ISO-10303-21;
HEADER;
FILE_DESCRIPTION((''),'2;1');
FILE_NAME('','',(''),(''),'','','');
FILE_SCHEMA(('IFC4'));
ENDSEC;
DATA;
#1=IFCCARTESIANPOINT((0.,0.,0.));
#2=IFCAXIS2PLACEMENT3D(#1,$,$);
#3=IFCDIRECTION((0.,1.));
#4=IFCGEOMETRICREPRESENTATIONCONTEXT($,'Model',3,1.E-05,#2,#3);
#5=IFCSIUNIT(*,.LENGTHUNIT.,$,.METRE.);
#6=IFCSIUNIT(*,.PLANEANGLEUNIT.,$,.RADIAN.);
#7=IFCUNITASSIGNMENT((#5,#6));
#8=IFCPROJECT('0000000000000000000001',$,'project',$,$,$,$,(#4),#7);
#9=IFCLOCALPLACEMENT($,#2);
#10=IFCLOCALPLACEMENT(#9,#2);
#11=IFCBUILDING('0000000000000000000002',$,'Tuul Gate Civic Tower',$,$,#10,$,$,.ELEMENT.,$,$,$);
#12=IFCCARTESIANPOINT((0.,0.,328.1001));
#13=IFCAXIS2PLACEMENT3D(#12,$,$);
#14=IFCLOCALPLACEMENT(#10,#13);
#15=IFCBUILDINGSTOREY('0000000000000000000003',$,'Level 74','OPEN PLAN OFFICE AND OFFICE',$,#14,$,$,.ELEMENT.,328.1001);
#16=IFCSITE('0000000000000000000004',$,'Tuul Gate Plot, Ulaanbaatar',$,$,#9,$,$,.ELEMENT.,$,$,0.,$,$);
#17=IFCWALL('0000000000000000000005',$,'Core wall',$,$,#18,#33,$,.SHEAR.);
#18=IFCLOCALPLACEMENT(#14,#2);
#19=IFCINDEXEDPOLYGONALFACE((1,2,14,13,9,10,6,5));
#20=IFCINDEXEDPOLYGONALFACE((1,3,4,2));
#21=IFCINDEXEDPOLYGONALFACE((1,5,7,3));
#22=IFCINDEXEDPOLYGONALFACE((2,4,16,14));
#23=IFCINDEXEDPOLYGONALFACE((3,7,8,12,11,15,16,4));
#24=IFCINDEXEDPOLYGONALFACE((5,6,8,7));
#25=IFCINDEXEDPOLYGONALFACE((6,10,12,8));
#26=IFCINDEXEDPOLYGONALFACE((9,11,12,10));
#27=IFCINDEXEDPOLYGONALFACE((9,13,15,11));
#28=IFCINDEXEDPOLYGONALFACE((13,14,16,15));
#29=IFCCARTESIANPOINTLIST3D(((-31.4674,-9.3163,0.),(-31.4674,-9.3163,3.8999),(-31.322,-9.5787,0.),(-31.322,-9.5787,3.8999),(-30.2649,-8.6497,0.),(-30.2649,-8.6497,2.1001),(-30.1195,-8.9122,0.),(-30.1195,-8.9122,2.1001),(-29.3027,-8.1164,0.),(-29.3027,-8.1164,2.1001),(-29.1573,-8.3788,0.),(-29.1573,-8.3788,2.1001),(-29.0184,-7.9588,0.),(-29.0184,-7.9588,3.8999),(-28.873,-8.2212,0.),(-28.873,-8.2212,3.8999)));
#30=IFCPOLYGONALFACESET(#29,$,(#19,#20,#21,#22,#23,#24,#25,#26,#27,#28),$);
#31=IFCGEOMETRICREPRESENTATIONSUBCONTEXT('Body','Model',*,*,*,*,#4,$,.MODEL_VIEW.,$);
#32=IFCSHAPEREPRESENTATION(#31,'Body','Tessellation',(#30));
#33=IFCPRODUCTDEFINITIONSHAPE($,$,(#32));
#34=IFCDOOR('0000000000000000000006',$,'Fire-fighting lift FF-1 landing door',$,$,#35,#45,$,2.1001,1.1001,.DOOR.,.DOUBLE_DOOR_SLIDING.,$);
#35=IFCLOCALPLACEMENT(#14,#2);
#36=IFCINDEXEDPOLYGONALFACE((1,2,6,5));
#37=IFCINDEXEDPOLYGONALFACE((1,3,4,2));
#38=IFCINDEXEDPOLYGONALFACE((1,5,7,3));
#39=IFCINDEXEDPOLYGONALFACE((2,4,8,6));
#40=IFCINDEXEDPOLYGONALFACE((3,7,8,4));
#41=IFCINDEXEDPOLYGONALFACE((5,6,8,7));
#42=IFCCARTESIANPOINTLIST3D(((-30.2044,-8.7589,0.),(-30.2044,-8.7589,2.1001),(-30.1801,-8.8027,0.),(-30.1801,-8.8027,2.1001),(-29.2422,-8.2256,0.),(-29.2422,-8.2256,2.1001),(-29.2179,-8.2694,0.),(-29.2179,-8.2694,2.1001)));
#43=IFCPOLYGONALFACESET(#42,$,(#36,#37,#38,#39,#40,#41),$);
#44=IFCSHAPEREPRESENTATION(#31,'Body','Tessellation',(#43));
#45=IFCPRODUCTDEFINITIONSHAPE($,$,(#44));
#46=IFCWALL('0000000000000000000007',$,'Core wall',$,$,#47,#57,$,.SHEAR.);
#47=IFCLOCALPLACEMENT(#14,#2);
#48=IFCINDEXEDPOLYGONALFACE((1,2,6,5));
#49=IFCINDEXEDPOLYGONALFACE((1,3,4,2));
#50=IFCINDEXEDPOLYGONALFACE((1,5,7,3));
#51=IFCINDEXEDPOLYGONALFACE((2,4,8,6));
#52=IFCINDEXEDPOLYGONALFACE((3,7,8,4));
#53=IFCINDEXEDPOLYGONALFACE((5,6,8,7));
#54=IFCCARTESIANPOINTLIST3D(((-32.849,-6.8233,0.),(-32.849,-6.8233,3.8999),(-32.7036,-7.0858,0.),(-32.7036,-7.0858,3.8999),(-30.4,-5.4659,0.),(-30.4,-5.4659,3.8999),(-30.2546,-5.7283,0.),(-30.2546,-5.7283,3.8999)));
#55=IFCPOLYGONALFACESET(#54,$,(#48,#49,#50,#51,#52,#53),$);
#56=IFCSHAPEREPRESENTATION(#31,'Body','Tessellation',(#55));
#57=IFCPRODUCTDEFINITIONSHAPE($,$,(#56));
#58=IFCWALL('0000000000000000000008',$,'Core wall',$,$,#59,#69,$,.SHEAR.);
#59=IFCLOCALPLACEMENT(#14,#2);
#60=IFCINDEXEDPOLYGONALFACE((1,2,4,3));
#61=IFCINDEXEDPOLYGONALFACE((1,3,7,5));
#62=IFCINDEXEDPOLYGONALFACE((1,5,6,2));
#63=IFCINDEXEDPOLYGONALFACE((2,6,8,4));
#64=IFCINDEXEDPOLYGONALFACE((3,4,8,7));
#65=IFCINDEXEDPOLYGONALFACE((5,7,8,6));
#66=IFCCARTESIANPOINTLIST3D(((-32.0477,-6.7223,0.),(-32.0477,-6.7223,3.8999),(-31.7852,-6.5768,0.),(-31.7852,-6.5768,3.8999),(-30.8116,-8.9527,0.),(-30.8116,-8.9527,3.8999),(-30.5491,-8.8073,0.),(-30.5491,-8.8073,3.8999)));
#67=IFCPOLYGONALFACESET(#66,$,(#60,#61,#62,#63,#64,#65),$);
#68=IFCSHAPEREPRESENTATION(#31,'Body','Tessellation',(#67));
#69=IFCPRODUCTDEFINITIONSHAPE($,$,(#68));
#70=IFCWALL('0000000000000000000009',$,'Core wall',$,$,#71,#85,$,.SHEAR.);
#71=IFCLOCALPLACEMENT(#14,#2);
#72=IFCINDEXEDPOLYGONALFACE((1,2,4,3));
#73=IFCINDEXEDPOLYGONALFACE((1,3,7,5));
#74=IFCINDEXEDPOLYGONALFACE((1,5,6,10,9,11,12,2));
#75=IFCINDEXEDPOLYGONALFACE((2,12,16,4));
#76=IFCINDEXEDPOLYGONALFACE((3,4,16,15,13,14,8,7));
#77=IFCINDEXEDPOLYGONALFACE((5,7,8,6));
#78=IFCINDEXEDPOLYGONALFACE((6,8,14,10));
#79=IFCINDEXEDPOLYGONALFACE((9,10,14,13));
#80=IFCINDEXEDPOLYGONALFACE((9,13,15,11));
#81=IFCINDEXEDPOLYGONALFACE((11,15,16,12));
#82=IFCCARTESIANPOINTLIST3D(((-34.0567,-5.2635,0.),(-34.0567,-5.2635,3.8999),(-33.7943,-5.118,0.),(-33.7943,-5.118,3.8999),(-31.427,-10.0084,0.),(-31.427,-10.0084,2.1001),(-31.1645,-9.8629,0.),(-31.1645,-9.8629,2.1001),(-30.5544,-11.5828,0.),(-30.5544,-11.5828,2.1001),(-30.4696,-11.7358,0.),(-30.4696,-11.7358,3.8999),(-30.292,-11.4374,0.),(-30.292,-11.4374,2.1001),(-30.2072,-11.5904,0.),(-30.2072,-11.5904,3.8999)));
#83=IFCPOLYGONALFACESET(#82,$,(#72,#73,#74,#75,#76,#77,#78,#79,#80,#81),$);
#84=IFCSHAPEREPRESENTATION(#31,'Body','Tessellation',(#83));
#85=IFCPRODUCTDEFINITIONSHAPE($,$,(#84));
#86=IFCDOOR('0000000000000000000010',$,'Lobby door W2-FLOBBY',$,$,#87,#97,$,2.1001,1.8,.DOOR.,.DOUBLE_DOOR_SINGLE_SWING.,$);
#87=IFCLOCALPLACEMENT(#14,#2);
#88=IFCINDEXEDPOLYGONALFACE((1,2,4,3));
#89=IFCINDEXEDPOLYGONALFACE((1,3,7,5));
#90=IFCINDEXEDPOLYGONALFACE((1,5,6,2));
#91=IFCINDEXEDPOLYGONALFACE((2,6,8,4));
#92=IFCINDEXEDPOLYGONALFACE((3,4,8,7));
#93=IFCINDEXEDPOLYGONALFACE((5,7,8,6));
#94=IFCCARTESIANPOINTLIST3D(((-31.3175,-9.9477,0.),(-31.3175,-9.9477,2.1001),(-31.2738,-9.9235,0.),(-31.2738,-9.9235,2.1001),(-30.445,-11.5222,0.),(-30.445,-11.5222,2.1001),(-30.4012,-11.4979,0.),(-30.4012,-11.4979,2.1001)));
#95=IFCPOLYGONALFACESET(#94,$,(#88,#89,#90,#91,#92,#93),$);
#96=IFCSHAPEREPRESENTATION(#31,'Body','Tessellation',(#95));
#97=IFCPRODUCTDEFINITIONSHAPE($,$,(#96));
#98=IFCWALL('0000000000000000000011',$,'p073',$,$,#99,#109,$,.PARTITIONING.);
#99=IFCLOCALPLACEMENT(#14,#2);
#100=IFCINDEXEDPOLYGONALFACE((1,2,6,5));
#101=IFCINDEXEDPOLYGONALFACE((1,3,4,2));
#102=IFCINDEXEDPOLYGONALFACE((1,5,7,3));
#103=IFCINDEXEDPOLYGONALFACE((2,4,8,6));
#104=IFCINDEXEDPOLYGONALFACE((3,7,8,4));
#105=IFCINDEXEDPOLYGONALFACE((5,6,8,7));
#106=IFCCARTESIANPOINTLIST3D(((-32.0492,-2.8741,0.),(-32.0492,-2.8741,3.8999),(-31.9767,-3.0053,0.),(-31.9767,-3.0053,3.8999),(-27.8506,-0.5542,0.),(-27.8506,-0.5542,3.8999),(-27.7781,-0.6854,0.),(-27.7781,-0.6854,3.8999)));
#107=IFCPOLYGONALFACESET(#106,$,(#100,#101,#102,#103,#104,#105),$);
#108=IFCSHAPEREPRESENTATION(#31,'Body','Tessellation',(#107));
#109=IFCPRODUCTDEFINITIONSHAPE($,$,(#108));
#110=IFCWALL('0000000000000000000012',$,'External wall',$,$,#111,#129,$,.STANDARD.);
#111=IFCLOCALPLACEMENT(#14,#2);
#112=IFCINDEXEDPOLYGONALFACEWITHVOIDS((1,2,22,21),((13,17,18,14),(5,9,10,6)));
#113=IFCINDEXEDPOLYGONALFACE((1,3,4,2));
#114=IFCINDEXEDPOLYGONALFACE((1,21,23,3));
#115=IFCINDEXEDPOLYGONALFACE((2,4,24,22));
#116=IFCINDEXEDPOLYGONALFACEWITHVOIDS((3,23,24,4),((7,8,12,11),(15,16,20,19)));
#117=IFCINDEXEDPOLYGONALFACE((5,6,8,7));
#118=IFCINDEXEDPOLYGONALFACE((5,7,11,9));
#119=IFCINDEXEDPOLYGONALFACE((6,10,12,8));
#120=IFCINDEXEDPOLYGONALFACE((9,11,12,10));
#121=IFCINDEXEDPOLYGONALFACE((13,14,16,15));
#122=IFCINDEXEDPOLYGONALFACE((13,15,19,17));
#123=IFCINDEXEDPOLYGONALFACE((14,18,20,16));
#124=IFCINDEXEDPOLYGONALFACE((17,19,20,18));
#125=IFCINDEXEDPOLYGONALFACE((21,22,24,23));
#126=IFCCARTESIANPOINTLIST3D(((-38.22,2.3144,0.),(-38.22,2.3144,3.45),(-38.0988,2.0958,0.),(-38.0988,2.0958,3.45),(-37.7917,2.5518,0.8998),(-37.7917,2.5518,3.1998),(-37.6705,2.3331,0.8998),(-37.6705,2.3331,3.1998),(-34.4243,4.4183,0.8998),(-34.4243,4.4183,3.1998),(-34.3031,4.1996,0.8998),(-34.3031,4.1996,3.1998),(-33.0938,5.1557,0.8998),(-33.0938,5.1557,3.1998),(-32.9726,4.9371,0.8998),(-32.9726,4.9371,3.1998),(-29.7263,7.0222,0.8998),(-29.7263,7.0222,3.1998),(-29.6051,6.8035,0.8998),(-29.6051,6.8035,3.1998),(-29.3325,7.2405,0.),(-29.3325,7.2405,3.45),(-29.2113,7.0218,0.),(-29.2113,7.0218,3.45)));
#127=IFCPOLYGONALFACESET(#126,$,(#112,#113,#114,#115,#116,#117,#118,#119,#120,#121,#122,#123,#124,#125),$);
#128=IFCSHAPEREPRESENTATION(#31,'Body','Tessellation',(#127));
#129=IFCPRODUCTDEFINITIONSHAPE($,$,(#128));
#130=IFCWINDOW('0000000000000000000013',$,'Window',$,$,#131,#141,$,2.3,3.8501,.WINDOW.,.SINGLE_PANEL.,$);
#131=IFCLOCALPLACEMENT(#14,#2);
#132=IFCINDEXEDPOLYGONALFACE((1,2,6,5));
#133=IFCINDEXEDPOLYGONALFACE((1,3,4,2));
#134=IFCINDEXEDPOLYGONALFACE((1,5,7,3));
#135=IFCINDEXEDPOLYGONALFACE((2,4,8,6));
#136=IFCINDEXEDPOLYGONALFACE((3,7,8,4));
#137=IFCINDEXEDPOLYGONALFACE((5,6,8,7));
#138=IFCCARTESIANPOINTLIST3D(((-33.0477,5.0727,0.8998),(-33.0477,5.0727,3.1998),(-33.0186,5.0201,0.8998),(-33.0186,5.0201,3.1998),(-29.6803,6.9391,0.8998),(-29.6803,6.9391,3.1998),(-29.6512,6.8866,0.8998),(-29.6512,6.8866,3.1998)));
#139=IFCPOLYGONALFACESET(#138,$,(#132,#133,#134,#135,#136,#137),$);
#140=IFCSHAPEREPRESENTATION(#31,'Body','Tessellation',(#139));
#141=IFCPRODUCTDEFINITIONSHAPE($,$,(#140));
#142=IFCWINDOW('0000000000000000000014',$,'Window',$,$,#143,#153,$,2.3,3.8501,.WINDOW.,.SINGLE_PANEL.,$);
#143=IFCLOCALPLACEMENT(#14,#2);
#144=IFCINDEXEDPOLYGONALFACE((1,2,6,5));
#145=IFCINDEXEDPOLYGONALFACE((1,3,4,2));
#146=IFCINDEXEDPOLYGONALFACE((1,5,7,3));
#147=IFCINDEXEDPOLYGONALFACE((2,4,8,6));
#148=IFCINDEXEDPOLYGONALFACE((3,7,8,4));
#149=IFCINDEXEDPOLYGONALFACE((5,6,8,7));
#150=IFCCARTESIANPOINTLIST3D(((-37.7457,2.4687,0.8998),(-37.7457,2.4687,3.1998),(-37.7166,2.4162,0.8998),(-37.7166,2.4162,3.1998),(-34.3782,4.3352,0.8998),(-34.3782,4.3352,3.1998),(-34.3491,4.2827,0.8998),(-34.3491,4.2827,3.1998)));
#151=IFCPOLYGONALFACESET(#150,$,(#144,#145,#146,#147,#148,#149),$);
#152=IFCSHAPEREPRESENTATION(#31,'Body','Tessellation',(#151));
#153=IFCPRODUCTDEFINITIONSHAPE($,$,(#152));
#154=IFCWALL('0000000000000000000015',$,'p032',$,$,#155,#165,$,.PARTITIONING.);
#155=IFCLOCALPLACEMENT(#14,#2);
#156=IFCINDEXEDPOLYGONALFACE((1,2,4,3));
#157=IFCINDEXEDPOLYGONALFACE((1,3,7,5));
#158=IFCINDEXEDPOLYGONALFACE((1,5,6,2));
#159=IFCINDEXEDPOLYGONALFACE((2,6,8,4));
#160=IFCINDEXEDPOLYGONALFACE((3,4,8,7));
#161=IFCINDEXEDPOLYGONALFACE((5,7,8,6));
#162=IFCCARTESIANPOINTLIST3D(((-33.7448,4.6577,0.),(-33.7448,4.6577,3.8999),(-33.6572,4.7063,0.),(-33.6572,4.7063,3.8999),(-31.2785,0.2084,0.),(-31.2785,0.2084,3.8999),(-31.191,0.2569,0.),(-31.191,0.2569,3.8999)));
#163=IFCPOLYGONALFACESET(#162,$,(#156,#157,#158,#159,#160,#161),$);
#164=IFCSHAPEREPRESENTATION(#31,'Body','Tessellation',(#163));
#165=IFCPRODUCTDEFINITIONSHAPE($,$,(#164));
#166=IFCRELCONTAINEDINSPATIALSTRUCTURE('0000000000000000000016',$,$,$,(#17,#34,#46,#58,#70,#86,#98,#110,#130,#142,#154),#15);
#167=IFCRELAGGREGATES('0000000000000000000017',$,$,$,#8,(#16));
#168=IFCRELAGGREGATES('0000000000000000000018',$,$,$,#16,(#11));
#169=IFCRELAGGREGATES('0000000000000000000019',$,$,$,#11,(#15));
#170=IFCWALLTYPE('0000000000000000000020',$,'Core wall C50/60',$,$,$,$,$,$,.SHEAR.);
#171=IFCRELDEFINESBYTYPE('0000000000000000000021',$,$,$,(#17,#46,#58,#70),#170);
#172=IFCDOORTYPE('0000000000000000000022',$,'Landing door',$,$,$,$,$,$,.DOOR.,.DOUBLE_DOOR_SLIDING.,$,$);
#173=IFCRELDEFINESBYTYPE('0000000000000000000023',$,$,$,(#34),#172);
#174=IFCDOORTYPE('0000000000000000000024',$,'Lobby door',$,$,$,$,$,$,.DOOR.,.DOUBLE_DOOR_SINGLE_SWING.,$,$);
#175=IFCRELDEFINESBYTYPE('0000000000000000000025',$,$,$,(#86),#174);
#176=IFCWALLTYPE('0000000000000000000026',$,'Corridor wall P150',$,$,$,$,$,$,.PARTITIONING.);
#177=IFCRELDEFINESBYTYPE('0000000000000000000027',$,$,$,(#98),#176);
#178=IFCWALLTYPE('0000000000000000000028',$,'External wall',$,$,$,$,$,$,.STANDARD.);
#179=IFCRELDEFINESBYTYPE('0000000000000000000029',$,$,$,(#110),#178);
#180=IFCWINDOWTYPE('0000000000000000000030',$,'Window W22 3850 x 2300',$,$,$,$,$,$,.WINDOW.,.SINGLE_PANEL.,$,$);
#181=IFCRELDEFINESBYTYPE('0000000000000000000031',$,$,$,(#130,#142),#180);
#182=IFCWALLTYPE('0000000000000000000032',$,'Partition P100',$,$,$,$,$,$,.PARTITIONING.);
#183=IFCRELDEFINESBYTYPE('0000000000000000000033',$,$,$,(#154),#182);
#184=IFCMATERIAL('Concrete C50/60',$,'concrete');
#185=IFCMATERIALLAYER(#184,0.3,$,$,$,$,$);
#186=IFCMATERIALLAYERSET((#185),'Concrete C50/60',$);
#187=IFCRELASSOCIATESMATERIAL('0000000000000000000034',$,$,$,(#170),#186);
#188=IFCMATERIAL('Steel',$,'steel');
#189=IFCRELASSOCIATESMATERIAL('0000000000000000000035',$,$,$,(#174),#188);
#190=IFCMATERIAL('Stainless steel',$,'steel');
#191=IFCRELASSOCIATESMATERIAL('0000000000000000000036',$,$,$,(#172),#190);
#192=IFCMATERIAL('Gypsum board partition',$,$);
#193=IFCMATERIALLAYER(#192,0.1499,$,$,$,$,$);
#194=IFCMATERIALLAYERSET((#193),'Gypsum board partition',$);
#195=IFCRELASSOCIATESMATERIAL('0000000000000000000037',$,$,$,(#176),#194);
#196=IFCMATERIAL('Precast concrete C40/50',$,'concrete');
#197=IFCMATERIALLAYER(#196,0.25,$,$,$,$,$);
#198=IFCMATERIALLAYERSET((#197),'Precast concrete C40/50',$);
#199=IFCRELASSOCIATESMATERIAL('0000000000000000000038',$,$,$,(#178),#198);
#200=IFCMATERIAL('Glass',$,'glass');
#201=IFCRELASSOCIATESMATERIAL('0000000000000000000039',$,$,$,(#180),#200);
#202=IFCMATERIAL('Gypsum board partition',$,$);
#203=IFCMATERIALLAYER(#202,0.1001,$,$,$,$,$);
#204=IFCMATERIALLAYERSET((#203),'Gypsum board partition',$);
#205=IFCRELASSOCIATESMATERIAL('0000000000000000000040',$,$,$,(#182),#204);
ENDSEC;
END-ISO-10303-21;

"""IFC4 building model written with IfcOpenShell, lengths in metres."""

from ifc_helpers import new_model, si_unit, direction, frame, frame_2d, origin, place, context, subcontext, project, spatial, rectangle, extrude, material, layer, layer_set, type_object, element, fill, save


model = new_model("IFC4")

# Units and contexts
model_context = context("Model", 3, precision=1e-05, world=origin(), true_north=direction((0.0, 1.0)))
body_context = subcontext(model_context, "Body", "Model", "MODEL_VIEW")
ifc_project = project(units=[si_unit("LENGTHUNIT", "METRE"), si_unit("PLANEANGLEUNIT", "RADIAN")], contexts=[model_context])

# Site, building, storey
site_placement = place(None, origin())
site = spatial("IfcSite", under=ifc_project, at=site_placement, Name="Tuul Gate Plot, Ulaanbaatar", CompositionType="ELEMENT", RefElevation=0.0)
building_placement = place(site_placement, origin())
building = spatial("IfcBuilding", under=site, at=building_placement, Name="Tuul Gate Civic Tower", CompositionType="ELEMENT")
storey_placement = place(building_placement, frame((0.0, 0.0, 328.1001)))
storey = spatial("IfcBuildingStorey", under=building, at=storey_placement, Name="Level 74", Description="OPEN PLAN OFFICE AND OFFICE", CompositionType="ELEMENT", Elevation=328.1001)

# Shared definitions
ifc_material_1 = material(Name="Concrete C50/60", Category="concrete")
ifc_layer_1 = layer(ifc_material_1, 0.3)
ifc_layer_set_1 = layer_set([ifc_layer_1], Name="Concrete C50/60")
wall_type_1 = type_object("IfcWallType", Name="Core wall C50/60", PredefinedType="SHEAR", material=ifc_layer_set_1)
ifc_material_2 = material(Name="Steel", Category="steel")
door_type_1 = type_object("IfcDoorType", Name="Lobby door", OperationType="DOUBLE_DOOR_SINGLE_SWING", PredefinedType="DOOR", material=ifc_material_2)
ifc_material_3 = material(Name="Stainless steel", Category="steel")
door_type_2 = type_object("IfcDoorType", Name="Landing door", OperationType="DOUBLE_DOOR_SLIDING", PredefinedType="DOOR", material=ifc_material_3)

# Wall, opening, door
wall_1_placement = place(storey_placement, frame((-28.9458, -8.0901, 0.0), z_axis=(0.0, 0.0, 1.0), x_axis=(-0.87463, -0.484791, 0.0)))
wall_1 = element("IfcWall", 1, at=wall_1_placement, inside=storey, type_object=wall_type_1, Name="Core wall", PredefinedType="SHEAR", context=body_context, shape_type="SweptSolid", body=[
    extrude(rectangle(XDim=2.8, YDim=0.3, at=frame_2d((1.3999, 0.0))), origin(), (0.0, 0.0, 1.0), 3.8999),
])
opening_1_placement = place(wall_1_placement, frame((0.325, 0.0, 0.0)))
opening_1 = element("IfcOpeningElement", 2, at=opening_1_placement, cuts=wall_1, PredefinedType="OPENING", context=body_context, shape_type="SweptSolid", body=[
    extrude(rectangle(XDim=1.1001, YDim=2.1001, at=frame_2d((0.55, 1.05))), frame((0.0, 0.1602, 0.0), z_axis=(0.0, -1.0, 0.0), x_axis=(1.0, 0.0, 0.0)), (0.0, 0.0, 1.0), 0.3201),
])
door_1_placement = place(opening_1_placement, origin())
door_1 = element("IfcDoor", 3, at=door_1_placement, inside=storey, type_object=door_type_2, Name="Fire-fighting lift FF-1 landing door", OperationType="DOUBLE_DOOR_SLIDING", OverallHeight=2.1001, OverallWidth=1.1001, PredefinedType="DOOR", context=body_context, shape_type="SweptSolid", body=[
    extrude(rectangle(XDim=1.1001, YDim=2.1001, at=frame_2d((0.55, 1.05))), frame((0.0, 0.0249, 0.0), z_axis=(0.0, -1.0, 0.0), x_axis=(1.0, 0.0, 0.0)), (0.0, 0.0, 1.0), 0.05),
])
fill(opening_1, door_1)

# Walls
wall_2_placement = place(storey_placement, frame((-30.3274, -5.5972, 0.0), z_axis=(0.0, 0.0, 1.0), x_axis=(-0.87463, -0.484791, 0.0)))
element("IfcWall", 4, at=wall_2_placement, inside=storey, type_object=wall_type_1, Name="Core wall", PredefinedType="SHEAR", context=body_context, shape_type="SweptSolid", body=[
    extrude(rectangle(XDim=2.8, YDim=0.3, at=frame_2d((1.3999, 0.0))), origin(), (0.0, 0.0, 1.0), 3.8999),
])
wall_3_placement = place(storey_placement, frame((-30.6804, -8.8799, 0.0), z_axis=(0.0, 0.0, 1.0), x_axis=(-0.484724, 0.874667, 0.0)))
element("IfcWall", 5, at=wall_3_placement, inside=storey, type_object=wall_type_1, Name="Core wall", PredefinedType="SHEAR", context=body_context, shape_type="SweptSolid", body=[
    extrude(rectangle(XDim=2.55, YDim=0.3, at=frame_2d((1.2749, 0.0))), origin(), (0.0, 0.0, 1.0), 3.8999),
])

# Wall, opening, door
wall_4_placement = place(storey_placement, frame((-30.3384, -11.6631, 0.0), z_axis=(0.0, 0.0, 1.0), x_axis=(-0.484752, 0.874652, 0.0)))
wall_4 = element("IfcWall", 6, at=wall_4_placement, inside=storey, type_object=wall_type_1, Name="Core wall", PredefinedType="SHEAR", context=body_context, shape_type="SweptSolid", body=[
    extrude(rectangle(XDim=7.3999, YDim=0.3, at=frame_2d((3.7, 0.0))), origin(), (0.0, 0.0, 1.0), 3.8999),
])
opening_2_placement = place(wall_4_placement, frame((0.175, 0.0, 0.0)))
opening_2 = element("IfcOpeningElement", 7, at=opening_2_placement, cuts=wall_4, PredefinedType="OPENING", context=body_context, shape_type="SweptSolid", body=[
    extrude(rectangle(XDim=1.8, YDim=2.1001, at=frame_2d((0.8999, 1.05))), frame((0.0, 0.1602, 0.0), z_axis=(0.0, -1.0, 0.0), x_axis=(1.0, 0.0, 0.0)), (0.0, 0.0, 1.0), 0.3201),
])
door_2_placement = place(opening_2_placement, origin())
door_2 = element("IfcDoor", 8, at=door_2_placement, inside=storey, type_object=door_type_1, Name="Lobby door W2-FLOBBY", OperationType="DOUBLE_DOOR_SINGLE_SWING", OverallHeight=2.1001, OverallWidth=1.8, PredefinedType="DOOR", context=body_context, shape_type="SweptSolid", body=[
    extrude(rectangle(XDim=1.8, YDim=2.1001, at=frame_2d((0.8999, 1.05))), frame((0.0, 0.0249, 0.0), z_axis=(0.0, -1.0, 0.0), x_axis=(1.0, 0.0, 0.0)), (0.0, 0.0, 1.0), 0.05),
])
fill(opening_2, door_2)

# Wall
ifc_material_4 = material(Name="Gypsum board partition")
ifc_layer_2 = layer(ifc_material_4, 0.1499)
ifc_layer_set_2 = layer_set([ifc_layer_2], Name="Gypsum board partition")
wall_type_2 = type_object("IfcWallType", Name="Corridor wall P150", PredefinedType="PARTITIONING", material=ifc_layer_set_2)
wall_5_placement = place(storey_placement, frame((-32.0129, -2.9397, 0.0), z_axis=(0.0, 0.0, 1.0), x_axis=(0.875276, 0.483624, 0.0)))
element("IfcWall", 9, at=wall_5_placement, inside=storey, type_object=wall_type_2, Name="p073", PredefinedType="PARTITIONING", context=body_context, shape_type="SweptSolid", body=[
    extrude(rectangle(XDim=4.7969, YDim=0.1499, at=frame_2d((2.3984, 0.0))), origin(), (0.0, 0.0, 1.0), 3.8999),
])

# Wall, openings, windows
ifc_material_5 = material(Name="Precast concrete C40/50", Category="concrete")
ifc_layer_3 = layer(ifc_material_5, 0.25)
ifc_layer_set_3 = layer_set([ifc_layer_3], Name="Precast concrete C40/50")
wall_type_3 = type_object("IfcWallType", Name="External wall", PredefinedType="STANDARD", material=ifc_layer_set_3)
wall_6_placement = place(storey_placement, frame((-29.272, 7.1311, 0.0), z_axis=(0.0, 0.0, 1.0), x_axis=(-0.874635, -0.484782, 0.0)))
wall_6 = element("IfcWall", 10, at=wall_6_placement, inside=storey, type_object=wall_type_3, Name="External wall", PredefinedType="STANDARD", context=body_context, shape_type="SweptSolid", body=[
    extrude(rectangle(XDim=10.1614, YDim=0.25, at=frame_2d((5.0806, 0.0))), origin(), (0.0, 0.0, 1.0), 3.45),
])
opening_3_placement = place(wall_6_placement, frame((0.4502, 0.0, 0.8999)))
opening_3 = element("IfcOpeningElement", 11, at=opening_3_placement, cuts=wall_6, PredefinedType="OPENING", context=body_context, shape_type="SweptSolid", body=[
    extrude(rectangle(XDim=3.8501, YDim=2.3, at=frame_2d((1.925, 1.1499))), frame((0.0, 0.135, 0.0), z_axis=(0.0, -1.0, 0.0), x_axis=(1.0, 0.0, 0.0)), (0.0, 0.0, 1.0), 0.27),
])
opening_4_placement = place(wall_6_placement, frame((5.8215, 0.0, 0.8999)))
opening_4 = element("IfcOpeningElement", 12, at=opening_4_placement, cuts=wall_6, PredefinedType="OPENING", context=body_context, shape_type="SweptSolid", body=[
    extrude(rectangle(XDim=3.8501, YDim=2.3, at=frame_2d((1.925, 1.1499))), frame((0.0, 0.135, 0.0), z_axis=(0.0, -1.0, 0.0), x_axis=(1.0, 0.0, 0.0)), (0.0, 0.0, 1.0), 0.27),
])
ifc_material_6 = material(Name="Glass", Category="glass")
window_type = type_object("IfcWindowType", Name="Window W22 3850 x 2300", PartitioningType="SINGLE_PANEL", PredefinedType="WINDOW", material=ifc_material_6)
window_1_placement = place(opening_3_placement, origin())
window_1 = element("IfcWindow", 13, at=window_1_placement, inside=storey, type_object=window_type, Name="Window", OverallHeight=2.3, OverallWidth=3.8501, PartitioningType="SINGLE_PANEL", PredefinedType="WINDOW", context=body_context, shape_type="SweptSolid", body=[
    extrude(rectangle(XDim=3.8501, YDim=2.3, at=frame_2d((1.925, 1.1499))), frame((0.0, 0.03, 0.0), z_axis=(0.0, -1.0, 0.0), x_axis=(1.0, 0.0, 0.0)), (0.0, 0.0, 1.0), 0.0601),
])
fill(opening_3, window_1)
window_2_placement = place(opening_4_placement, origin())
window_2 = element("IfcWindow", 14, at=window_2_placement, inside=storey, type_object=window_type, Name="Window", OverallHeight=2.3, OverallWidth=3.8501, PartitioningType="SINGLE_PANEL", PredefinedType="WINDOW", context=body_context, shape_type="SweptSolid", body=[
    extrude(rectangle(XDim=3.8501, YDim=2.3, at=frame_2d((1.925, 1.1499))), frame((0.0, 0.03, 0.0), z_axis=(0.0, -1.0, 0.0), x_axis=(1.0, 0.0, 0.0)), (0.0, 0.0, 1.0), 0.0601),
])
fill(opening_4, window_2)

# Wall
ifc_material_7 = material(Name="Gypsum board partition")
ifc_layer_4 = layer(ifc_material_7, 0.1001)
ifc_layer_set_4 = layer_set([ifc_layer_4], Name="Gypsum board partition")
wall_type_4 = type_object("IfcWallType", Name="Partition P100", PredefinedType="PARTITIONING", material=ifc_layer_set_4)
wall_7_placement = place(storey_placement, frame((-33.7009, 4.6819, 0.0), z_axis=(0.0, 0.0, 1.0), x_axis=(0.484799, -0.874625, 0.0)))
element("IfcWall", 15, at=wall_7_placement, inside=storey, type_object=wall_type_4, Name="p032", PredefinedType="PARTITIONING", context=body_context, shape_type="SweptSolid", body=[
    extrude(rectangle(XDim=5.0872, YDim=0.1001, at=frame_2d((2.5435, 0.0))), origin(), (0.0, 0.0, 1.0), 3.8999),
])

save(model, "model.ifc")
